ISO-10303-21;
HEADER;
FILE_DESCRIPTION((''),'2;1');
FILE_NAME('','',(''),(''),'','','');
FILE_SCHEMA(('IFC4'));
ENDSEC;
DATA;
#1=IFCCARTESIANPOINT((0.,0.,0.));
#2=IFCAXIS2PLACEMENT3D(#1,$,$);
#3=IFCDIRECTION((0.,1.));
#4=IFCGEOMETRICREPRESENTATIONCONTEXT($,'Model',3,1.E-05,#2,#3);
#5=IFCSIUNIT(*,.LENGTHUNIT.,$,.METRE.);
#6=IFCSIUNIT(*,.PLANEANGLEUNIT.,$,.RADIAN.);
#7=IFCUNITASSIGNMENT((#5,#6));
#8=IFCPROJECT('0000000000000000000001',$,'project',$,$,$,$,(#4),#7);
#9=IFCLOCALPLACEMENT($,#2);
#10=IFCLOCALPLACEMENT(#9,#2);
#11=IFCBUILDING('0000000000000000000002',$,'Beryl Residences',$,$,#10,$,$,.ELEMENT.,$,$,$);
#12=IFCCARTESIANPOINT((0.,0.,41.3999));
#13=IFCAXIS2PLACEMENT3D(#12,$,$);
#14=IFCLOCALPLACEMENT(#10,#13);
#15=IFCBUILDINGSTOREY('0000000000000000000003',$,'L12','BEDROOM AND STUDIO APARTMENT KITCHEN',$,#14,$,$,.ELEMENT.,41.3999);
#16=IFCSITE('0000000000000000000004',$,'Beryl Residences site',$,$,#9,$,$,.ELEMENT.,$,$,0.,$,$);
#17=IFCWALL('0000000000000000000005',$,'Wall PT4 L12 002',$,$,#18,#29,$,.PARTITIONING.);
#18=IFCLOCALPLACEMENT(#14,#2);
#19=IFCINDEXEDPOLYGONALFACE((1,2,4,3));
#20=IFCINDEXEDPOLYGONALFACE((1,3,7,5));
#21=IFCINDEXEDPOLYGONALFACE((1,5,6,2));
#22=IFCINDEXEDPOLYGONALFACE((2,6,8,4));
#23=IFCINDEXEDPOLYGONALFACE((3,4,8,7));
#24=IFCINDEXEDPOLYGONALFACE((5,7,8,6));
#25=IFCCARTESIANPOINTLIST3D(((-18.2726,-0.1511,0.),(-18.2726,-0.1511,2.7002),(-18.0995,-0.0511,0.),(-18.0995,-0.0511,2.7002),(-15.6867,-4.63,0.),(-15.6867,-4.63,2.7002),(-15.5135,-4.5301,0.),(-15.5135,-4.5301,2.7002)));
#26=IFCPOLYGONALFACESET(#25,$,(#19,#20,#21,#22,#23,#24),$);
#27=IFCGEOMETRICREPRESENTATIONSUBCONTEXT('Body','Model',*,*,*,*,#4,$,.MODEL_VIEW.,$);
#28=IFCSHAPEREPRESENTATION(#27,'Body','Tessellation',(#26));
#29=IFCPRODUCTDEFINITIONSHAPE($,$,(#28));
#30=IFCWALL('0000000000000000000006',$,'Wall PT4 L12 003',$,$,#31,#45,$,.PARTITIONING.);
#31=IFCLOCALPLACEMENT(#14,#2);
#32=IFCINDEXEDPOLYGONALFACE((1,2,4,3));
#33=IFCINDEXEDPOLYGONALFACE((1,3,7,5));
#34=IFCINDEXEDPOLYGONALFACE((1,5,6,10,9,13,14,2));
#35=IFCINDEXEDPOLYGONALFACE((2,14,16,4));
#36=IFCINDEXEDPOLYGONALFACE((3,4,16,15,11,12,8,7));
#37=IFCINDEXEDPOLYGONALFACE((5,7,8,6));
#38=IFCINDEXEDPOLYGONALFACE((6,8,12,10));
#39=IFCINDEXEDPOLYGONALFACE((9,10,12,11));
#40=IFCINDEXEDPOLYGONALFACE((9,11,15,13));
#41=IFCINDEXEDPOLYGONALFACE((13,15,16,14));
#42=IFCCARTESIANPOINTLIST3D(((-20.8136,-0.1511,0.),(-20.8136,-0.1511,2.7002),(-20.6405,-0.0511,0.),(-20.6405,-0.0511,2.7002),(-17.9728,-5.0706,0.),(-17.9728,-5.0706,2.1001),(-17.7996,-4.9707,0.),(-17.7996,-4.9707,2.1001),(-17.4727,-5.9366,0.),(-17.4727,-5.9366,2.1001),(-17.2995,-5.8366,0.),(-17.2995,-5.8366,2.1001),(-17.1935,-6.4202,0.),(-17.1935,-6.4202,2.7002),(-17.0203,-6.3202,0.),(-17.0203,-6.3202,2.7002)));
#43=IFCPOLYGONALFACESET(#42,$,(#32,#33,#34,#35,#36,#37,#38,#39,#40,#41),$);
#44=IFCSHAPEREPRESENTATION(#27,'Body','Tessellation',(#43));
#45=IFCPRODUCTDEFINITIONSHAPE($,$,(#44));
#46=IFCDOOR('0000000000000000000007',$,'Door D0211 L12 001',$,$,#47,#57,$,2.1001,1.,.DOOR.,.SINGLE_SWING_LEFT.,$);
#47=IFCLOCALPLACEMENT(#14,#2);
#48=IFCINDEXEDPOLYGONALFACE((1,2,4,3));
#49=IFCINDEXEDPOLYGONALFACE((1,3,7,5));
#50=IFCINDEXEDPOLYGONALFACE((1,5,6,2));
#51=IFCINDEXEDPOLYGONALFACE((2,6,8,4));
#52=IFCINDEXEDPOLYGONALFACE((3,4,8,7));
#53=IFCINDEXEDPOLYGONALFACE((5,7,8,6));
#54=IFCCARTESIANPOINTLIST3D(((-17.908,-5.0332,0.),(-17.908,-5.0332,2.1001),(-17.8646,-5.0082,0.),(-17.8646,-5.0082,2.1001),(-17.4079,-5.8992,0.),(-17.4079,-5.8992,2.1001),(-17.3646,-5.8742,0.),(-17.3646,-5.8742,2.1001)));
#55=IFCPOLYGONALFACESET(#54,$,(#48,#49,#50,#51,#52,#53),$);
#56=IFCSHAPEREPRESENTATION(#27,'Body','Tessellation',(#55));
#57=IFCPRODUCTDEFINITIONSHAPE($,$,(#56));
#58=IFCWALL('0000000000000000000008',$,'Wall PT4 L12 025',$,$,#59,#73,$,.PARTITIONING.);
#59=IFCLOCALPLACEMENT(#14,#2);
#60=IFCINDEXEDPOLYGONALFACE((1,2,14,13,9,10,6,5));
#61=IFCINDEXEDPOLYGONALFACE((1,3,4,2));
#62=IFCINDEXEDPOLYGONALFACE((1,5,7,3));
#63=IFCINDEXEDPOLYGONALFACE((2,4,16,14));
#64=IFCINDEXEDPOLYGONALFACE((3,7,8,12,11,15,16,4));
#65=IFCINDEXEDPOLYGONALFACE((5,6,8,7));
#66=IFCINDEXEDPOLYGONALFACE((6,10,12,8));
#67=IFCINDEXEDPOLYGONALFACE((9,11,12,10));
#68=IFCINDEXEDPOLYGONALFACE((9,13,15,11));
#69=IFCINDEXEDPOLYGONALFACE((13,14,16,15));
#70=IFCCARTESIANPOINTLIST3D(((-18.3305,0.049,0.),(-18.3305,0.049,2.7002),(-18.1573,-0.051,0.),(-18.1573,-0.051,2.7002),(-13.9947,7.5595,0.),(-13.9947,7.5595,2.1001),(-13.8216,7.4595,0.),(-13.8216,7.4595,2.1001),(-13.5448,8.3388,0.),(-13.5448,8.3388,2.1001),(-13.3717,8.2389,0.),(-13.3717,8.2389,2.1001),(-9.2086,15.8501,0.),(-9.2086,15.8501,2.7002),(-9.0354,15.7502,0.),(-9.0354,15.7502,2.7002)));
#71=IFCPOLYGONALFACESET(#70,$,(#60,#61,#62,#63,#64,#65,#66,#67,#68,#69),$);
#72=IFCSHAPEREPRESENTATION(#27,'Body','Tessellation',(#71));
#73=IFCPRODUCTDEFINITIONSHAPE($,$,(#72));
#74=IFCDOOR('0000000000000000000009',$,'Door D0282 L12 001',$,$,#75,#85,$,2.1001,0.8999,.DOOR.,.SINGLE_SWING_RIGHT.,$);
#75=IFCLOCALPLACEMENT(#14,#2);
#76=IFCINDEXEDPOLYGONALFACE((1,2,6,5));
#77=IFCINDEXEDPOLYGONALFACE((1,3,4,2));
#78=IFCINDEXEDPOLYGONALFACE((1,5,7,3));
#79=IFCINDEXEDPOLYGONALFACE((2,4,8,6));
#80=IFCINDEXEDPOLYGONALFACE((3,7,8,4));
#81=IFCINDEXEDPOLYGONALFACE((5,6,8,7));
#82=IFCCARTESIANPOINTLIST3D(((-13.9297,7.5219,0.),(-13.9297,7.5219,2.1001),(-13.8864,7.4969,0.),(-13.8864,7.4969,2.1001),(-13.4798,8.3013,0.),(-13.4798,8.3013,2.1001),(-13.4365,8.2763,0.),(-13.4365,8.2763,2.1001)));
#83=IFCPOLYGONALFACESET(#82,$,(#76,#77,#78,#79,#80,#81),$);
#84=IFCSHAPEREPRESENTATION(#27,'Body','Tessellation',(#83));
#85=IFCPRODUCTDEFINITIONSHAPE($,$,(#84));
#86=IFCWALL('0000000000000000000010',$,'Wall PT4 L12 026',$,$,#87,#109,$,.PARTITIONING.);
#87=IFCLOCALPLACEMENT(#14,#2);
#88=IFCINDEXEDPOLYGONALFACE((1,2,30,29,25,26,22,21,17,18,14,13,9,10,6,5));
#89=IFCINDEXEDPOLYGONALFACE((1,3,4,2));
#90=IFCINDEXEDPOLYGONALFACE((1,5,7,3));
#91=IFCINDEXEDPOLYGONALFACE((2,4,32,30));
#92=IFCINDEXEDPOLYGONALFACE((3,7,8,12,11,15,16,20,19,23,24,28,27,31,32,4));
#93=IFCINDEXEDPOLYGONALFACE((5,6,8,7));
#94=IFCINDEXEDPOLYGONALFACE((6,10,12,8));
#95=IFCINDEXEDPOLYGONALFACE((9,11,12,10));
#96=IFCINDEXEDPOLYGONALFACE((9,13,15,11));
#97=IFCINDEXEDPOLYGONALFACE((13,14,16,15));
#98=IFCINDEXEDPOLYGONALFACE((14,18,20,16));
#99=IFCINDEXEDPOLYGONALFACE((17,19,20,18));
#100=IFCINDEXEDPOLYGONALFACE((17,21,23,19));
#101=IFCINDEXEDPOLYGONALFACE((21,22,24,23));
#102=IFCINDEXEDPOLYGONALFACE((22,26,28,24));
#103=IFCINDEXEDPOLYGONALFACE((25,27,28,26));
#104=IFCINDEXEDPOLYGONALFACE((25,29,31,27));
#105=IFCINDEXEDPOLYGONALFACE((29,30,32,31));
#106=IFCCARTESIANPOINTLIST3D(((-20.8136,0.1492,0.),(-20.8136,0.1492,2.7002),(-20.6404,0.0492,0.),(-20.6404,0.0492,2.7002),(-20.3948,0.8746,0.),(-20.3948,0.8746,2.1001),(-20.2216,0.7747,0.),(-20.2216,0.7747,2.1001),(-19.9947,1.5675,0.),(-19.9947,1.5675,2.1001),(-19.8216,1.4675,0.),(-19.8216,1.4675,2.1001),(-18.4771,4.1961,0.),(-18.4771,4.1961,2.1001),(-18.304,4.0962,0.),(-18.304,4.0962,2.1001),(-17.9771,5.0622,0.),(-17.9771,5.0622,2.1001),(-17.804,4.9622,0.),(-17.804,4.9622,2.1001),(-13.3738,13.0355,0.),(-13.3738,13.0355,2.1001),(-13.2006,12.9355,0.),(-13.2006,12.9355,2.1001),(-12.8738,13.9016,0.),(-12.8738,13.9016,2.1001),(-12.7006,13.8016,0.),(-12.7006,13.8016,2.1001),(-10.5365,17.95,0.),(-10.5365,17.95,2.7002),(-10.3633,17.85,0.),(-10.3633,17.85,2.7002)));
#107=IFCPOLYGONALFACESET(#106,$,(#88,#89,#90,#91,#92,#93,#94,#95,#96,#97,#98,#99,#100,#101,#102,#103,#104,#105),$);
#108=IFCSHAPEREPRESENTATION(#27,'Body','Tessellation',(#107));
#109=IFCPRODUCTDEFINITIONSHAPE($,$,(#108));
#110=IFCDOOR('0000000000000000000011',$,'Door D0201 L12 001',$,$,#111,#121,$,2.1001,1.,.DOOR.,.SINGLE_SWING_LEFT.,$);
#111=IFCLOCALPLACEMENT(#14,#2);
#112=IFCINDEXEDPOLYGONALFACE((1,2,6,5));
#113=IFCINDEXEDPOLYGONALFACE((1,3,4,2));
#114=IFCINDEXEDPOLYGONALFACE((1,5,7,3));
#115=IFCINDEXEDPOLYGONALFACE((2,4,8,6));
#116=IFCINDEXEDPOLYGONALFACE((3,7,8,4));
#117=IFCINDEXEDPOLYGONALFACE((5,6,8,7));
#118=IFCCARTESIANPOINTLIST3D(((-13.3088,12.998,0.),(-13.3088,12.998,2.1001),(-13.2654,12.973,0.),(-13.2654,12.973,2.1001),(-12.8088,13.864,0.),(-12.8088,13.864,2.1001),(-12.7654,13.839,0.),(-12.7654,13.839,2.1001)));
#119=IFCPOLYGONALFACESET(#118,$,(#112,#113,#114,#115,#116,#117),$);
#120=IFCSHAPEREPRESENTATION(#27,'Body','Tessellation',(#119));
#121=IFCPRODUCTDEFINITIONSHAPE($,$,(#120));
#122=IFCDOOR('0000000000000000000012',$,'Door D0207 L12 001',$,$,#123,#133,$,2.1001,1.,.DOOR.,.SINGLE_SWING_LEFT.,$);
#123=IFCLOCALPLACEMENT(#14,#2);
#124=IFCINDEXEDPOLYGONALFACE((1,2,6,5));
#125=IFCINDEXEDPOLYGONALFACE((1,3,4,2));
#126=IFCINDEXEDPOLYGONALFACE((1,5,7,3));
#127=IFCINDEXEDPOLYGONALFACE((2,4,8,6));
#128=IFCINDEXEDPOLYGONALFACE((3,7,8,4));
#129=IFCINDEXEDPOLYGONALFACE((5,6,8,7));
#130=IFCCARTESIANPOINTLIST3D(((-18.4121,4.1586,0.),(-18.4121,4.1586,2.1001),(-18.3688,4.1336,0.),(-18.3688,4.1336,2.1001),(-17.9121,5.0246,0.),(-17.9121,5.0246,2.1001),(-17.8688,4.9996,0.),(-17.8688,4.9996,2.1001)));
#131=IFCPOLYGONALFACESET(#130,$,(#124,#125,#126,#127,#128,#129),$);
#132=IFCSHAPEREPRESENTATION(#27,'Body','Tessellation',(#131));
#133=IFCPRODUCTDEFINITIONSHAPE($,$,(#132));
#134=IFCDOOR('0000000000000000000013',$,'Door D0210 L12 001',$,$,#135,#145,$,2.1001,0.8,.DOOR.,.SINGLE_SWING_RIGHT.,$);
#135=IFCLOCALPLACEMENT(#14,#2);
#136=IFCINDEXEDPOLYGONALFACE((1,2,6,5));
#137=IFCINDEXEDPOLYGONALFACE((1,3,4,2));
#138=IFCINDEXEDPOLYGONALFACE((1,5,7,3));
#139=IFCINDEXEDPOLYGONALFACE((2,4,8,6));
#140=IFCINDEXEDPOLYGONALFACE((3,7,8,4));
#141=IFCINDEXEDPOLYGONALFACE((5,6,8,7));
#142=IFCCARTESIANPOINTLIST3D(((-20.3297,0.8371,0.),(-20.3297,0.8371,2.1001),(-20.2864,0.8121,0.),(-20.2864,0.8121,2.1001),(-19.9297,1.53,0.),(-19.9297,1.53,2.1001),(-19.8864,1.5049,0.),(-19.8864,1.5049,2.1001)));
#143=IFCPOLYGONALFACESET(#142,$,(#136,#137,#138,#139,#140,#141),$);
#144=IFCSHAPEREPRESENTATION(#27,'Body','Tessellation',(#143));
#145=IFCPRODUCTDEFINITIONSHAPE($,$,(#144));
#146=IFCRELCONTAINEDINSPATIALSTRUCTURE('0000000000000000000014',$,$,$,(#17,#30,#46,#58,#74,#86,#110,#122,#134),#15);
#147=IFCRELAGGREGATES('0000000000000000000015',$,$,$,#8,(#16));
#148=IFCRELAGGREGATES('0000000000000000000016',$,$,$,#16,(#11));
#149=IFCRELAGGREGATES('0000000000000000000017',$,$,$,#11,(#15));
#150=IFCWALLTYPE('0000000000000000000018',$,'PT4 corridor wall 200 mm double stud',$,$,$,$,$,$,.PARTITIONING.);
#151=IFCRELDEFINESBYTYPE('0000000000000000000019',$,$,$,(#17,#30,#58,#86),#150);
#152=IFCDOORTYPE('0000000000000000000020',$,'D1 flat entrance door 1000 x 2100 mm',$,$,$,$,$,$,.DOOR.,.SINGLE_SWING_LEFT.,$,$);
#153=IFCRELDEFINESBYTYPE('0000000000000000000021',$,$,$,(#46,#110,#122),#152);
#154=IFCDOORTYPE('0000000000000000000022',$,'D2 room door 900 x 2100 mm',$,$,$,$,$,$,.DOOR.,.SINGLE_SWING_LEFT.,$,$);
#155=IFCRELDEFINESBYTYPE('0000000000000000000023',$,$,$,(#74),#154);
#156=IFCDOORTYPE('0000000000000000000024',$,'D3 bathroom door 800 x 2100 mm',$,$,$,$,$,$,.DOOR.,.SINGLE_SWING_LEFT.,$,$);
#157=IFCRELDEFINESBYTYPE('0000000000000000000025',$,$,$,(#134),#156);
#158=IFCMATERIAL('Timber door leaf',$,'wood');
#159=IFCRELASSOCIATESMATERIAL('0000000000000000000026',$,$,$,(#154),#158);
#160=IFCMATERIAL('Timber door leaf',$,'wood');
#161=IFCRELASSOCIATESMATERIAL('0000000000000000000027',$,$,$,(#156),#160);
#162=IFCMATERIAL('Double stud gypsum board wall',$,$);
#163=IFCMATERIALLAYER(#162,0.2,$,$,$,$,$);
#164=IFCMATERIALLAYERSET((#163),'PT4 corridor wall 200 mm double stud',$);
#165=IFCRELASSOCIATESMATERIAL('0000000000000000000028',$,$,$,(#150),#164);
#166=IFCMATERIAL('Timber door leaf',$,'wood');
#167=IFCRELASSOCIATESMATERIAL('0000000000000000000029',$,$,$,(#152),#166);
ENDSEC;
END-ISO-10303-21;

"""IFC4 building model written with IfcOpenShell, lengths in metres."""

from ifc_helpers import new_model, si_unit, direction, frame, frame_2d, origin, place, context, subcontext, project, spatial, rectangle, extrude, material, layer, layer_set, type_object, element, fill, save


model = new_model("IFC4")

# Units and contexts
model_context = context("Model", 3, precision=1e-05, world=origin(), true_north=direction((0.0, 1.0)))
body_context = subcontext(model_context, "Body", "Model", "MODEL_VIEW")
ifc_project = project(units=[si_unit("LENGTHUNIT", "METRE"), si_unit("PLANEANGLEUNIT", "RADIAN")], contexts=[model_context])

# Site, building, storey
site_placement = place(None, origin())
site = spatial("IfcSite", under=ifc_project, at=site_placement, Name="Beryl Residences site", CompositionType="ELEMENT", RefElevation=0.0)
building_placement = place(site_placement, origin())
building = spatial("IfcBuilding", under=site, at=building_placement, Name="Beryl Residences", CompositionType="ELEMENT")
storey_placement = place(building_placement, frame((0.0, 0.0, 41.3999)))
storey = spatial("IfcBuildingStorey", under=building, at=storey_placement, Name="L12", Description="BEDROOM AND STUDIO APARTMENT KITCHEN", CompositionType="ELEMENT", Elevation=41.3999)

# Shared definitions
ifc_material_1 = material(Name="Timber door leaf", Category="wood")
door_type_1 = type_object("IfcDoorType", Name="D2 room door 900 x 2100 mm", OperationType="SINGLE_SWING_LEFT", PredefinedType="DOOR", material=ifc_material_1)
ifc_material_2 = material(Name="Timber door leaf", Category="wood")
door_type_2 = type_object("IfcDoorType", Name="D3 bathroom door 800 x 2100 mm", OperationType="SINGLE_SWING_LEFT", PredefinedType="DOOR", material=ifc_material_2)

# Wall
ifc_material_3 = material(Name="Double stud gypsum board wall")
ifc_layer_1 = layer(ifc_material_3, 0.2)
ifc_layer_set_1 = layer_set([ifc_layer_1], Name="PT4 corridor wall 200 mm double stud")
wall_type_1 = type_object("IfcWallType", Name="PT4 corridor wall 200 mm double stud", PredefinedType="PARTITIONING", material=ifc_layer_set_1)
wall_1_placement = place(storey_placement, frame((-18.186, -0.1011, 0.0), z_axis=(0.0, 0.0, 1.0), x_axis=(0.499998, -0.866027, 0.0)))
element("IfcWall", 1, at=wall_1_placement, inside=storey, type_object=wall_type_1, Name="Wall PT4 L12 002", PredefinedType="PARTITIONING", context=body_context, shape_type="SweptSolid", body=[
    extrude(rectangle(XDim=5.1719, YDim=0.2, at=frame_2d((2.5859, 0.0))), origin(), (0.0, 0.0, 1.0), 2.7002),
])

# Walls, openings, doors
wall_2_placement = place(storey_placement, frame((-20.7271, -0.1011, 0.0), z_axis=(0.0, 0.0, 1.0), x_axis=(0.500071, -0.865985, 0.0)))
wall_2 = element("IfcWall", 2, at=wall_2_placement, inside=storey, type_object=wall_type_1, Name="Wall PT4 L12 003", PredefinedType="PARTITIONING", context=body_context, shape_type="SweptSolid", body=[
    extrude(rectangle(XDim=7.2393, YDim=0.2, at=frame_2d((3.6196, 0.0))), origin(), (0.0, 0.0, 1.0), 2.7002),
])
opening_1_placement = place(wall_2_placement, frame((5.6809, 0.0, 0.0)))
opening_1 = element("IfcOpeningElement", 3, at=opening_1_placement, cuts=wall_2, PredefinedType="OPENING", context=body_context, shape_type="SweptSolid", body=[
    extrude(rectangle(XDim=1.0, YDim=2.1001, at=frame_2d((0.5, 1.05))), frame((0.0, 0.1099, 0.0), z_axis=(0.0, -1.0, 0.0), x_axis=(1.0, 0.0, 0.0)), (0.0, 0.0, 1.0), 0.22),
])
ifc_material_4 = material(Name="Timber door leaf", Category="wood")
door_type_3 = type_object("IfcDoorType", Name="D1 flat entrance door 1000 x 2100 mm", OperationType="SINGLE_SWING_LEFT", PredefinedType="DOOR", material=ifc_material_4)
door_1_placement = place(opening_1_placement, origin())
door_1 = element("IfcDoor", 4, at=door_1_placement, inside=storey, type_object=door_type_3, Name="Door D0211 L12 001", OperationType="SINGLE_SWING_LEFT", OverallHeight=2.1001, OverallWidth=1.0, PredefinedType="DOOR", context=body_context, shape_type="SweptSolid", body=[
    extrude(rectangle(XDim=1.0, YDim=2.1001, at=frame_2d((0.5, 1.05))), frame((0.0, 0.0249, 0.0), z_axis=(0.0, -1.0, 0.0), x_axis=(1.0, 0.0, 0.0)), (0.0, 0.0, 1.0), 0.05),
])
fill(opening_1, door_1)
wall_3_placement = place(storey_placement, frame((-18.2439, -0.001, 0.0), z_axis=(0.0, 0.0, 1.0), x_axis=(0.499963, 0.866047, 0.0)))
wall_3 = element("IfcWall", 5, at=wall_3_placement, inside=storey, type_object=wall_type_1, Name="Wall PT4 L12 025", PredefinedType="PARTITIONING", context=body_context, shape_type="SweptSolid", body=[
    extrude(rectangle(XDim=18.2451, YDim=0.2, at=frame_2d((9.1226, 0.0))), origin(), (0.0, 0.0, 1.0), 2.7002),
])
opening_2_placement = place(wall_3_placement, frame((8.6721, 0.0, 0.0)))
opening_2 = element("IfcOpeningElement", 6, at=opening_2_placement, cuts=wall_3, PredefinedType="OPENING", context=body_context, shape_type="SweptSolid", body=[
    extrude(rectangle(XDim=0.8999, YDim=2.1001, at=frame_2d((0.45, 1.05))), frame((0.0, 0.1099, 0.0), z_axis=(0.0, -1.0, 0.0), x_axis=(1.0, 0.0, 0.0)), (0.0, 0.0, 1.0), 0.22),
])
door_2_placement = place(opening_2_placement, origin())
door_2 = element("IfcDoor", 7, at=door_2_placement, inside=storey, type_object=door_type_1, Name="Door D0282 L12 001", OperationType="SINGLE_SWING_RIGHT", OverallHeight=2.1001, OverallWidth=0.8999, PredefinedType="DOOR", context=body_context, shape_type="SweptSolid", body=[
    extrude(rectangle(XDim=0.8999, YDim=2.1001, at=frame_2d((0.45, 1.05))), frame((0.0, 0.0249, 0.0), z_axis=(0.0, -1.0, 0.0), x_axis=(1.0, 0.0, 0.0)), (0.0, 0.0, 1.0), 0.05),
])
fill(opening_2, door_2)

# Wall, openings, doors
wall_4_placement = place(storey_placement, frame((-20.7271, 0.0991, 0.0), z_axis=(0.0, 0.0, 1.0), x_axis=(0.499993, 0.866029, 0.0)))
wall_4 = element("IfcWall", 8, at=wall_4_placement, inside=storey, type_object=wall_type_1, Name="Wall PT4 L12 026", PredefinedType="PARTITIONING", context=body_context, shape_type="SweptSolid", body=[
    extrude(rectangle(XDim=20.5544, YDim=0.2, at=frame_2d((10.2773, 0.0))), origin(), (0.0, 0.0, 1.0), 2.7002),
])
opening_3_placement = place(wall_4_placement, frame((14.8799, 0.0, 0.0)))
opening_3 = element("IfcOpeningElement", 9, at=opening_3_placement, cuts=wall_4, PredefinedType="OPENING", context=body_context, shape_type="SweptSolid", body=[
    extrude(rectangle(XDim=1.0, YDim=2.1001, at=frame_2d((0.5, 1.05))), frame((0.0, 0.1099, 0.0), z_axis=(0.0, -1.0, 0.0), x_axis=(1.0, 0.0, 0.0)), (0.0, 0.0, 1.0), 0.22),
])
opening_4_placement = place(wall_4_placement, frame((4.6731, 0.0, 0.0)))
opening_4 = element("IfcOpeningElement", 10, at=opening_4_placement, cuts=wall_4, PredefinedType="OPENING", context=body_context, shape_type="SweptSolid", body=[
    extrude(rectangle(XDim=1.0, YDim=2.1001, at=frame_2d((0.5, 1.05))), frame((0.0, 0.1099, 0.0), z_axis=(0.0, -1.0, 0.0), x_axis=(1.0, 0.0, 0.0)), (0.0, 0.0, 1.0), 0.22),
])
opening_5_placement = place(wall_4_placement, frame((0.8379, 0.0, 0.0)))
opening_5 = element("IfcOpeningElement", 11, at=opening_5_placement, cuts=wall_4, PredefinedType="OPENING", context=body_context, shape_type="SweptSolid", body=[
    extrude(rectangle(XDim=0.8, YDim=2.1001, at=frame_2d((0.3999, 1.05))), frame((0.0, 0.1099, 0.0), z_axis=(0.0, -1.0, 0.0), x_axis=(1.0, 0.0, 0.0)), (0.0, 0.0, 1.0), 0.22),
])
door_3_placement = place(opening_3_placement, origin())
door_3 = element("IfcDoor", 12, at=door_3_placement, inside=storey, type_object=door_type_3, Name="Door D0201 L12 001", OperationType="SINGLE_SWING_LEFT", OverallHeight=2.1001, OverallWidth=1.0, PredefinedType="DOOR", context=body_context, shape_type="SweptSolid", body=[
    extrude(rectangle(XDim=1.0, YDim=2.1001, at=frame_2d((0.5, 1.05))), frame((0.0, 0.0249, 0.0), z_axis=(0.0, -1.0, 0.0), x_axis=(1.0, 0.0, 0.0)), (0.0, 0.0, 1.0), 0.05),
])
fill(opening_3, door_3)
door_4_placement = place(opening_4_placement, origin())
door_4 = element("IfcDoor", 13, at=door_4_placement, inside=storey, type_object=door_type_3, Name="Door D0207 L12 001", OperationType="SINGLE_SWING_LEFT", OverallHeight=2.1001, OverallWidth=1.0, PredefinedType="DOOR", context=body_context, shape_type="SweptSolid", body=[
    extrude(rectangle(XDim=1.0, YDim=2.1001, at=frame_2d((0.5, 1.05))), frame((0.0, 0.0249, 0.0), z_axis=(0.0, -1.0, 0.0), x_axis=(1.0, 0.0, 0.0)), (0.0, 0.0, 1.0), 0.05),
])
fill(opening_4, door_4)
door_5_placement = place(opening_5_placement, origin())
door_5 = element("IfcDoor", 14, at=door_5_placement, inside=storey, type_object=door_type_2, Name="Door D0210 L12 001", OperationType="SINGLE_SWING_RIGHT", OverallHeight=2.1001, OverallWidth=0.8, PredefinedType="DOOR", context=body_context, shape_type="SweptSolid", body=[
    extrude(rectangle(XDim=0.8, YDim=2.1001, at=frame_2d((0.3999, 1.05))), frame((0.0, 0.0249, 0.0), z_axis=(0.0, -1.0, 0.0), x_axis=(1.0, 0.0, 0.0)), (0.0, 0.0, 1.0), 0.05),
])
fill(opening_5, door_5)

save(model, "model.ifc")
